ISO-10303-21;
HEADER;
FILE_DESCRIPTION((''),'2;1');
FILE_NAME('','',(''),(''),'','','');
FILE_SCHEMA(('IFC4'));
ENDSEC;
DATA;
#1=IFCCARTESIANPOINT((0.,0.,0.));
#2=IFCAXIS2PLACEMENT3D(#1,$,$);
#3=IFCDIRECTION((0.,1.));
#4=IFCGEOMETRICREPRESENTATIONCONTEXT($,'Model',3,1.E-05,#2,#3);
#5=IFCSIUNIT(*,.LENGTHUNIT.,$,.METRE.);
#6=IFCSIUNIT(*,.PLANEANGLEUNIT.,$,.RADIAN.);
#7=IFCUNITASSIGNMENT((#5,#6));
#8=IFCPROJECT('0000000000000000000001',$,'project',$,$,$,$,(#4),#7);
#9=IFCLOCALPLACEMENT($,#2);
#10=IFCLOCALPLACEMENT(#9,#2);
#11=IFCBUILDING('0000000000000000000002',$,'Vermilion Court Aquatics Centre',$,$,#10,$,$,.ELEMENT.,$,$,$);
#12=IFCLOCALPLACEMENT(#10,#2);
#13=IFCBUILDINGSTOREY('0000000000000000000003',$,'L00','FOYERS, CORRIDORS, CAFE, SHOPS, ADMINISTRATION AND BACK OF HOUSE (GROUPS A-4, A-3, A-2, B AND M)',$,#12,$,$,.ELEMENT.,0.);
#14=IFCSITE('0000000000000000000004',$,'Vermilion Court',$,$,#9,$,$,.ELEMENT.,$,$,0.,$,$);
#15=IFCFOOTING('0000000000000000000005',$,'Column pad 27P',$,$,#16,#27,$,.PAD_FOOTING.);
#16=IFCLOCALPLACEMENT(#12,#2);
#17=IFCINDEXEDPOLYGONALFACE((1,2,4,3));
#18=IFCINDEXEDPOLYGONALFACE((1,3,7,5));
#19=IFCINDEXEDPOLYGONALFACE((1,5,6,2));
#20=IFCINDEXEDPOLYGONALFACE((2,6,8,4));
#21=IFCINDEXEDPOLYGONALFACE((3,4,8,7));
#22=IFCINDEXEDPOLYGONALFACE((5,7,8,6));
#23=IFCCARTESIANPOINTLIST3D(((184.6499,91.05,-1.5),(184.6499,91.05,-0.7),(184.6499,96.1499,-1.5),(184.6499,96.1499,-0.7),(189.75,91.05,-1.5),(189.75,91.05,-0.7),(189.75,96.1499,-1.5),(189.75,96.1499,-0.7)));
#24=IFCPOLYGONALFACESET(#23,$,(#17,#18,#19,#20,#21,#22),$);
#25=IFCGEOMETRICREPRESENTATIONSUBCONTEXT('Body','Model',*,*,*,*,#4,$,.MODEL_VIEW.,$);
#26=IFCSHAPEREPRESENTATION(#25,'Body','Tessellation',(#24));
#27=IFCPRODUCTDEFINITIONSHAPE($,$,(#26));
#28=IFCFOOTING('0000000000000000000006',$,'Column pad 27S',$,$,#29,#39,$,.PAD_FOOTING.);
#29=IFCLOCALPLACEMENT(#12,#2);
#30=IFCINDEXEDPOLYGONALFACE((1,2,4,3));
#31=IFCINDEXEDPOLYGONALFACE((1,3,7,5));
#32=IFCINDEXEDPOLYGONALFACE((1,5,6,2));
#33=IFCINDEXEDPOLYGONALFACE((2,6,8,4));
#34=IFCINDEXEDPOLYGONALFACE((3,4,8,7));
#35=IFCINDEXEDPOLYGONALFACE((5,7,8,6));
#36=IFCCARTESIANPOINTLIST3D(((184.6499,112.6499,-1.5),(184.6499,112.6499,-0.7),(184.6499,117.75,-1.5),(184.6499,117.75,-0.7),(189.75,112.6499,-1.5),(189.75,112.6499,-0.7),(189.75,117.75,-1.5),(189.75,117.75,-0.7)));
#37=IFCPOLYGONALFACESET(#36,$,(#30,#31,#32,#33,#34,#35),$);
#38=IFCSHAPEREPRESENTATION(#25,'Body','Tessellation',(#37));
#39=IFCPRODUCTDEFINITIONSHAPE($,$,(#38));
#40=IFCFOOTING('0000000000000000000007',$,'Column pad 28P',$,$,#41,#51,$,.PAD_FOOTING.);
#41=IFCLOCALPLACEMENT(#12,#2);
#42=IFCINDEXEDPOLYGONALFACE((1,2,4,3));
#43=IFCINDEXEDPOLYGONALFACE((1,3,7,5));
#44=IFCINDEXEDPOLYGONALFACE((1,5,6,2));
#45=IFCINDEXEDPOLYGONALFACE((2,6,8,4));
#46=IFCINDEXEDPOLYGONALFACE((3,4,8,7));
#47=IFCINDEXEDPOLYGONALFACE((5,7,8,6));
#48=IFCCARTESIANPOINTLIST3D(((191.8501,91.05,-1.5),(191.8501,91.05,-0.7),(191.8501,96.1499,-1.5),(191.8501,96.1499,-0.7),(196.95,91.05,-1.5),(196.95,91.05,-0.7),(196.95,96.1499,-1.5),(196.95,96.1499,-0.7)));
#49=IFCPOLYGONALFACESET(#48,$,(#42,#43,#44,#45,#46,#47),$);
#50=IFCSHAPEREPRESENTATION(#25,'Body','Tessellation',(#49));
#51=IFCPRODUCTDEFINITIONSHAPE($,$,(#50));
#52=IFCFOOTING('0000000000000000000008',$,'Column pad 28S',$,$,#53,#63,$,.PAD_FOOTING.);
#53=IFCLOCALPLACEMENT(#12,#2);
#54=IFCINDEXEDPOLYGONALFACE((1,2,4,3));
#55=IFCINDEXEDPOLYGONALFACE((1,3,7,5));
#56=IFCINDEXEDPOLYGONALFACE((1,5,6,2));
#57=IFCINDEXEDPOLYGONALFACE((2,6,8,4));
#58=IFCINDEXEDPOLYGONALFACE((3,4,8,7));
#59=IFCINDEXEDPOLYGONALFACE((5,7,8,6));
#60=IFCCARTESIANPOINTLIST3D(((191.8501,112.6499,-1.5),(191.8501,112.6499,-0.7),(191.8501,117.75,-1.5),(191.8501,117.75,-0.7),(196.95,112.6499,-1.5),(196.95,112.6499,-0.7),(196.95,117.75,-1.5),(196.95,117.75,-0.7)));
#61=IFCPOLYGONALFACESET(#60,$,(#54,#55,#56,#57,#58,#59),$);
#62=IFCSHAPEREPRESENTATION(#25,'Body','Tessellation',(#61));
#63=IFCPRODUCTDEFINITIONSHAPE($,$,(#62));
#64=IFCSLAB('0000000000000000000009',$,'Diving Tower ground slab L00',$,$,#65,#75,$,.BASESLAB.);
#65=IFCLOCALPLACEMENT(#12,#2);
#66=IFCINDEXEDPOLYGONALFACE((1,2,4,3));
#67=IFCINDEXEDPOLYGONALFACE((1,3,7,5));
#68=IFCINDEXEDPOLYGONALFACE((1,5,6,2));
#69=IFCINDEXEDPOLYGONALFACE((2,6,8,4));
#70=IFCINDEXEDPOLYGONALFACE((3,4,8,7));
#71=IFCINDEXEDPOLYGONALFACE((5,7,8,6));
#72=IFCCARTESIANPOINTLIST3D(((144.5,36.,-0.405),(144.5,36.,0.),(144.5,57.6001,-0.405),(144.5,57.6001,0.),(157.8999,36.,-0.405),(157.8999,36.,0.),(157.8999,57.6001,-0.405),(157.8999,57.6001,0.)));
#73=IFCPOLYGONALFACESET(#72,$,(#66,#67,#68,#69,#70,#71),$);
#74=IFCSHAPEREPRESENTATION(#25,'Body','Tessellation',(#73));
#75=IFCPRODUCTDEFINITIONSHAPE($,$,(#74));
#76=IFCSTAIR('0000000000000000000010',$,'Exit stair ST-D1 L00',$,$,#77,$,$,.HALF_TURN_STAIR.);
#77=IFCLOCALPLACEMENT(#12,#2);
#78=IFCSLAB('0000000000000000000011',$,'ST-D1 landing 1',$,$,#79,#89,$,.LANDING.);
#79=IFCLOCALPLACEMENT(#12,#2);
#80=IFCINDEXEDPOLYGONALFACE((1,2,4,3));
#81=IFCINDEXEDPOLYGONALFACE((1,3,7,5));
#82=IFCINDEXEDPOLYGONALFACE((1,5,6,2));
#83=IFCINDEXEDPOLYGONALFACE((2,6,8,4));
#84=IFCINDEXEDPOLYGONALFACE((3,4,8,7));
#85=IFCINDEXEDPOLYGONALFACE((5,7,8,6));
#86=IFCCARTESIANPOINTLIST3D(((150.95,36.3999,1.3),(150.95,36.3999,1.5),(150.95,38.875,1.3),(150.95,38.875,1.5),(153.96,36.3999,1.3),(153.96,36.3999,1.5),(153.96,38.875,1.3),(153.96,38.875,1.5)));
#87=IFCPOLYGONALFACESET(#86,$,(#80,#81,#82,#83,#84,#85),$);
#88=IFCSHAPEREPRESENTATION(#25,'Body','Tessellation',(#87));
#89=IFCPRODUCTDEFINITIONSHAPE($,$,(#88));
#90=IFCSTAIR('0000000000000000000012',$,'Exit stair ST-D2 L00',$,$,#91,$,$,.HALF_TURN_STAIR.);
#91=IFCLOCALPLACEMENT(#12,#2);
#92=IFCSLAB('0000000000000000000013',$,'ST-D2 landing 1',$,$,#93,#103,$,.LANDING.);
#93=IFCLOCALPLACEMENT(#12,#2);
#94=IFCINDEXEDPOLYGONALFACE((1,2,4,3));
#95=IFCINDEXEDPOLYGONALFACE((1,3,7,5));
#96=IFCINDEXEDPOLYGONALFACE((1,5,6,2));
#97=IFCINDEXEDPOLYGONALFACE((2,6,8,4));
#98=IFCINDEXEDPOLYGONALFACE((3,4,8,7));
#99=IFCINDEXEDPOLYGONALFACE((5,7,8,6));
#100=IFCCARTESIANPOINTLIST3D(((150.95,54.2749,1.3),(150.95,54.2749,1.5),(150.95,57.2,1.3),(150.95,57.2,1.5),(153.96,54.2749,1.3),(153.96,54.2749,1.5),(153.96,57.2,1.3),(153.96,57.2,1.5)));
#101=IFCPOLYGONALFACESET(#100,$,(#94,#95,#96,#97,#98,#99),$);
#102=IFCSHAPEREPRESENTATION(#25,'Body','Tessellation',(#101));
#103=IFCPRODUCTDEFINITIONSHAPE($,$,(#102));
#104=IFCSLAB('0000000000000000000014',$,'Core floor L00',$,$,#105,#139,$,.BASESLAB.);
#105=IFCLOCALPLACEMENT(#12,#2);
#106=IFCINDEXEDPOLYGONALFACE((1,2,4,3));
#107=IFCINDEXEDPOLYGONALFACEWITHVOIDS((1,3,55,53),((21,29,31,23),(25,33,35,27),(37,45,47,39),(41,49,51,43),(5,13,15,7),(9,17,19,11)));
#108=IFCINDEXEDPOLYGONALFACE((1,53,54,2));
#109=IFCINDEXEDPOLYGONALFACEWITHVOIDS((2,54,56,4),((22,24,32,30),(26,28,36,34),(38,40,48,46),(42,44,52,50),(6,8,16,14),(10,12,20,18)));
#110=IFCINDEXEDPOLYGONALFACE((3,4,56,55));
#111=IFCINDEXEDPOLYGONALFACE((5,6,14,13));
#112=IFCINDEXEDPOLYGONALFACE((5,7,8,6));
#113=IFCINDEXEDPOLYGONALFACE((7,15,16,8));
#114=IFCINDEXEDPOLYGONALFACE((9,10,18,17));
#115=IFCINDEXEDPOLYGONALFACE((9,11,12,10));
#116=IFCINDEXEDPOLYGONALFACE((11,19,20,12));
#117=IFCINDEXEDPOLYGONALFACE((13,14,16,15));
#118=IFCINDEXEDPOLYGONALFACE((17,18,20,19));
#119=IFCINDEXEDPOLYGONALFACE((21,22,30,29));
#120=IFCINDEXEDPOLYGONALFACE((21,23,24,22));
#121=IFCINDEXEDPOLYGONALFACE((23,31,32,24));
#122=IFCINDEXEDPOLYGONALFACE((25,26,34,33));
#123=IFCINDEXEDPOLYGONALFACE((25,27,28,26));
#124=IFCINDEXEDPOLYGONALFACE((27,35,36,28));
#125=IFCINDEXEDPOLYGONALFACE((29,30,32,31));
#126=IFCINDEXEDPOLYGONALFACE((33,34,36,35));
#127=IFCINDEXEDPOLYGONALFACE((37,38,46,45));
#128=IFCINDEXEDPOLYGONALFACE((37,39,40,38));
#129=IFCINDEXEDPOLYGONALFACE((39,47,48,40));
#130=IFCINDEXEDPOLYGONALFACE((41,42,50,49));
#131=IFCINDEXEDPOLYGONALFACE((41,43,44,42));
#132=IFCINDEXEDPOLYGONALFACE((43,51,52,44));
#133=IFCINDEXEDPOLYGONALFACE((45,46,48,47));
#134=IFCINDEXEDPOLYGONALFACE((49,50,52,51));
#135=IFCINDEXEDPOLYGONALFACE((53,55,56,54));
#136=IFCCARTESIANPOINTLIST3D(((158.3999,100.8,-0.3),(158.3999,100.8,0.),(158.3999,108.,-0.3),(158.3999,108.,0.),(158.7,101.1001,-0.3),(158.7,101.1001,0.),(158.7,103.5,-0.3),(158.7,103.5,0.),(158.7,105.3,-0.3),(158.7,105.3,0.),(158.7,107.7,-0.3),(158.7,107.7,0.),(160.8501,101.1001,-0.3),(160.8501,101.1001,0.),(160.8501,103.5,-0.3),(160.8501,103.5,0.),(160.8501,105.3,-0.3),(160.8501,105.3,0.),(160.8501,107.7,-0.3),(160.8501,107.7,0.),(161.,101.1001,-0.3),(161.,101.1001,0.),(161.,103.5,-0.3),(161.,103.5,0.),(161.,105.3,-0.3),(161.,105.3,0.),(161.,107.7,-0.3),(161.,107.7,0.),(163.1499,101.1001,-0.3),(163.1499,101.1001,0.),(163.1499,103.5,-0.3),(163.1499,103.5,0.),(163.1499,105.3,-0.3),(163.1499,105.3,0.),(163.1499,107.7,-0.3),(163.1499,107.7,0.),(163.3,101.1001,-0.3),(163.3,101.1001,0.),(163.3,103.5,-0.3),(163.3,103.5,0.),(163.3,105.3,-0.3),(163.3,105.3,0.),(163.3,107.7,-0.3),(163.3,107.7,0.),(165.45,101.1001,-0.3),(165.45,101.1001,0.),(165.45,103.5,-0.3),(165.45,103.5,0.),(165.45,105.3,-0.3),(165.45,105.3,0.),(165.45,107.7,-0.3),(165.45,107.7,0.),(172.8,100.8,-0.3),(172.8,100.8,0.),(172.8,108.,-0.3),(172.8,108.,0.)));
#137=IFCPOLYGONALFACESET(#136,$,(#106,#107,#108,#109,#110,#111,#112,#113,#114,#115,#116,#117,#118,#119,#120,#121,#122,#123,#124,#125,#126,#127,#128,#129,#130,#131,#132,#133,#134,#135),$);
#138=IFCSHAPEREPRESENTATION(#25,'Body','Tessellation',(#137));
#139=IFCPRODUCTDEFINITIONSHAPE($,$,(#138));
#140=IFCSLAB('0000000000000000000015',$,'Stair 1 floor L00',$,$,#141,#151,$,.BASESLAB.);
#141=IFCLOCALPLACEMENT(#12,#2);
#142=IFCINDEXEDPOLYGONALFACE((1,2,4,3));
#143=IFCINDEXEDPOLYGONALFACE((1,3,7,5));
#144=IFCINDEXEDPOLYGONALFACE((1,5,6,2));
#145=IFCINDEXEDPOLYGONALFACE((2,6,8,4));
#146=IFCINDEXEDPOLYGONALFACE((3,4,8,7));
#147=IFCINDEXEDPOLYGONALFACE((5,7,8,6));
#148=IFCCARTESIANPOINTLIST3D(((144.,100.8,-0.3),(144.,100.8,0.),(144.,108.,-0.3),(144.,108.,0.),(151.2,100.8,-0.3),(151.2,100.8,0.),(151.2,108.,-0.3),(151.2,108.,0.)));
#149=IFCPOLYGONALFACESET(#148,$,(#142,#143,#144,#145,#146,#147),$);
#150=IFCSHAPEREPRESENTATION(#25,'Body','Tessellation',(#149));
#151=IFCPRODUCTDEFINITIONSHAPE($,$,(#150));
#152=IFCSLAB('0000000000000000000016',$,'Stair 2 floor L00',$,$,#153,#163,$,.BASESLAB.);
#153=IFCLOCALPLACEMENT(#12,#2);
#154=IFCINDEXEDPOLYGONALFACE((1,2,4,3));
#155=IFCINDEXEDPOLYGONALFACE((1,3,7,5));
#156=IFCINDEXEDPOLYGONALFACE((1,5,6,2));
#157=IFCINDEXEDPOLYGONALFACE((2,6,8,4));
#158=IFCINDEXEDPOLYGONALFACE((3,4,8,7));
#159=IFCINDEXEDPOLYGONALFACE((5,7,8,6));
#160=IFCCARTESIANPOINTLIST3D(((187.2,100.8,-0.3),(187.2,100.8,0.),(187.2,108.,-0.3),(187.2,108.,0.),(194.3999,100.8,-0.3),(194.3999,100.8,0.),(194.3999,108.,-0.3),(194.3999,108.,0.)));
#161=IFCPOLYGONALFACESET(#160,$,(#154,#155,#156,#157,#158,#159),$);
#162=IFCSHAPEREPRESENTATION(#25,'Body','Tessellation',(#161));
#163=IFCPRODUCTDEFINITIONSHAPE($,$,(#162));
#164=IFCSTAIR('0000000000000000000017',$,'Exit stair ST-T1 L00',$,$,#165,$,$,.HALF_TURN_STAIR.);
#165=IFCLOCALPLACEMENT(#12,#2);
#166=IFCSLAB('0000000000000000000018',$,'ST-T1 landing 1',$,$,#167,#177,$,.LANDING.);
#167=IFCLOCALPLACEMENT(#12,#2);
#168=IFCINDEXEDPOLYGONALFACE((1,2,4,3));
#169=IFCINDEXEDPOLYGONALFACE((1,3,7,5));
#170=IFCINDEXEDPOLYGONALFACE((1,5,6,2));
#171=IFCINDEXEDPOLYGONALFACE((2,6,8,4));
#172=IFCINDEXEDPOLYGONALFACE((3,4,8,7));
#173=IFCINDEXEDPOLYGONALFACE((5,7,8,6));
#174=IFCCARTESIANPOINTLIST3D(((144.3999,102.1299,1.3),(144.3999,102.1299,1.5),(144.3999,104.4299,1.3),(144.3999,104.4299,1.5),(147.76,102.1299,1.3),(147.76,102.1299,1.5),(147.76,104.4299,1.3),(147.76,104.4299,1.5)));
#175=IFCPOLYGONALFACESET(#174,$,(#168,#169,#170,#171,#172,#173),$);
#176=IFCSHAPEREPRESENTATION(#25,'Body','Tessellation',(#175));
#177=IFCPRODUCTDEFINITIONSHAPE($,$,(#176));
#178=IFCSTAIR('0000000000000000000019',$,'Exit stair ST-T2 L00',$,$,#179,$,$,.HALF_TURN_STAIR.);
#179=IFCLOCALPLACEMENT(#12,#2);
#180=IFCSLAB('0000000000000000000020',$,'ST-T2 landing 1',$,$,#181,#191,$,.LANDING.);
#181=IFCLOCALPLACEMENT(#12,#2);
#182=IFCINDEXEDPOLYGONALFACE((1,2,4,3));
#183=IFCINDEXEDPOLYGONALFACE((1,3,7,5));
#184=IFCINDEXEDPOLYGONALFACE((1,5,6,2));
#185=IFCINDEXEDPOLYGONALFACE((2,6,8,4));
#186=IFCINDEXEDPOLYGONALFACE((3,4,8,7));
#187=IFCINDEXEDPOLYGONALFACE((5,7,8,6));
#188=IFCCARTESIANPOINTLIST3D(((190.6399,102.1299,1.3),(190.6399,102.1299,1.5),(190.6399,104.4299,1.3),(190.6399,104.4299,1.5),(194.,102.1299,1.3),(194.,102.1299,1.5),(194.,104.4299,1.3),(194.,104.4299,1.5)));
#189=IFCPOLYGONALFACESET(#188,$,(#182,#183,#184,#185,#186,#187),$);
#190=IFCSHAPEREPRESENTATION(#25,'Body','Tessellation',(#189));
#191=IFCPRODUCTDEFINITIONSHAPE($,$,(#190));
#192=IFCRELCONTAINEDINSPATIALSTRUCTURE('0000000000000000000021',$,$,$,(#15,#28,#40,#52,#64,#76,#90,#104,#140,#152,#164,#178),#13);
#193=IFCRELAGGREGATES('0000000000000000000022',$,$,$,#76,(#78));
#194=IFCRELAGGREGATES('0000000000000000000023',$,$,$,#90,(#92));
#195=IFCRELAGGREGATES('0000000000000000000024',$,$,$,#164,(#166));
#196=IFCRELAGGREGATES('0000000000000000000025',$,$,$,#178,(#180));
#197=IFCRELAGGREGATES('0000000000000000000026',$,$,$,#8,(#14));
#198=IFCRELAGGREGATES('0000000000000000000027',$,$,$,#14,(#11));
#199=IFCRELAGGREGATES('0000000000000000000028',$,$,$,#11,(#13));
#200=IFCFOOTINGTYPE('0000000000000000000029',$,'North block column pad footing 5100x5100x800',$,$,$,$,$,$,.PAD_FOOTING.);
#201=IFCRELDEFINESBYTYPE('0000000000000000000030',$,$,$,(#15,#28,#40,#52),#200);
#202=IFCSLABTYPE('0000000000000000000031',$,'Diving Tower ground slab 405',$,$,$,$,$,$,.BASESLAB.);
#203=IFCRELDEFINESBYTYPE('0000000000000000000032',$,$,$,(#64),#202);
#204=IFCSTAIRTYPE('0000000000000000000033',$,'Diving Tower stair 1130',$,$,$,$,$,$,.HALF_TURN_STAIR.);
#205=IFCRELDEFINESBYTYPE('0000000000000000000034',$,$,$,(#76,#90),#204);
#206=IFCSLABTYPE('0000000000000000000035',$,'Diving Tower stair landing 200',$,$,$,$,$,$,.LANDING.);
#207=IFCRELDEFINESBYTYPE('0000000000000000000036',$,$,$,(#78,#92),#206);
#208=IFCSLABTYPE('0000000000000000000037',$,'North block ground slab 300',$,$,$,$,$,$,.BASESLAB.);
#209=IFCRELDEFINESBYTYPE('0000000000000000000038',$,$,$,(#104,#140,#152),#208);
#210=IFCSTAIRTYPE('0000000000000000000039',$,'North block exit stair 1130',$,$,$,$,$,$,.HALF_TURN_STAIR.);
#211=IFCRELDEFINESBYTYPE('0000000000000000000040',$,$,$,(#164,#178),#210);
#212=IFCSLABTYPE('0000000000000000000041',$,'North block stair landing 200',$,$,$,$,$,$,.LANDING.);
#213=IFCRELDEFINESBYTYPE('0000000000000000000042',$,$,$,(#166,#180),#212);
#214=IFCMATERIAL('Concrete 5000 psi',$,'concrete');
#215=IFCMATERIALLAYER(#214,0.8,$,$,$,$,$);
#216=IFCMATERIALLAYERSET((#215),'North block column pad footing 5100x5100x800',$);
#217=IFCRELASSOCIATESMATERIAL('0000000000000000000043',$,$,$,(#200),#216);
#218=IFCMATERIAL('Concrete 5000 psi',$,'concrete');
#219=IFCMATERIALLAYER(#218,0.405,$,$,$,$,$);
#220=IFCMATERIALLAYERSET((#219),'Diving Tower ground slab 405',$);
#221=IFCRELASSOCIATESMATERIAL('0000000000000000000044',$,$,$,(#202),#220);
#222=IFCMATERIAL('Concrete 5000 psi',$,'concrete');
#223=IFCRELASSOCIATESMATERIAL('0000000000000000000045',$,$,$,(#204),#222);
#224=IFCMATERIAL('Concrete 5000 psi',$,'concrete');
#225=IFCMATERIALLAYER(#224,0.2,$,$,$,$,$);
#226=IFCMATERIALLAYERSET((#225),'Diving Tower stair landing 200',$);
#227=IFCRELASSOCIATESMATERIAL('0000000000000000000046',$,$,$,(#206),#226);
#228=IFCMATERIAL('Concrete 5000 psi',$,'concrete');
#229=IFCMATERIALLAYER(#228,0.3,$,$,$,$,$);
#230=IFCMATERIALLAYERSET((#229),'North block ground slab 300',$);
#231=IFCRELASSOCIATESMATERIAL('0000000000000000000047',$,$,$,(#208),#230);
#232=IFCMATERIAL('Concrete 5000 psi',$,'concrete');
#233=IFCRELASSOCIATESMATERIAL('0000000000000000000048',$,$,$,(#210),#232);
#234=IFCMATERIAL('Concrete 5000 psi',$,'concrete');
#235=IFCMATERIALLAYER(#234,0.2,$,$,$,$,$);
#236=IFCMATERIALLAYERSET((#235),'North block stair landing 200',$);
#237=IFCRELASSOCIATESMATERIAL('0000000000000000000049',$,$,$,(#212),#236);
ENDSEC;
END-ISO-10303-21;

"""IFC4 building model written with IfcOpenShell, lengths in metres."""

from ifc_helpers import new_model, si_unit, direction, frame, origin, place, context, subcontext, project, spatial, polyline, outline, extrude, material, layer, layer_set, type_object, element, aggregate, save


model = new_model("IFC4")

# Units and contexts
model_context = context("Model", 3, precision=1e-05, world=origin(), true_north=direction((0.0, 1.0)))
body_context = subcontext(model_context, "Body", "Model", "MODEL_VIEW")
ifc_project = project(units=[si_unit("LENGTHUNIT", "METRE"), si_unit("PLANEANGLEUNIT", "RADIAN")], contexts=[model_context])

# Site, building, storey
site_placement = place(None, origin())
site = spatial("IfcSite", under=ifc_project, at=site_placement, Name="Vermilion Court", CompositionType="ELEMENT", RefElevation=0.0)
building_placement = place(site_placement, origin())
building = spatial("IfcBuilding", under=site, at=building_placement, Name="Vermilion Court Aquatics Centre", CompositionType="ELEMENT")
storey_placement = place(building_placement, origin())
storey = spatial("IfcBuildingStorey", under=building, at=storey_placement, Name="L00", Description="FOYERS, CORRIDORS, CAFE, SHOPS, ADMINISTRATION AND BACK OF HOUSE (GROUPS A-4, A-3, A-2, B AND M)", CompositionType="ELEMENT", Elevation=0.0)

# Footings
ifc_material_1 = material(Name="Concrete 5000 psi", Category="concrete")
ifc_layer_1 = layer(ifc_material_1, 0.8)
ifc_layer_set_1 = layer_set([ifc_layer_1], Name="North block column pad footing 5100x5100x800")
footing_type = type_object("IfcFootingType", Name="North block column pad footing 5100x5100x800", PredefinedType="PAD_FOOTING", material=ifc_layer_set_1)
footing_1_placement = place(storey_placement, frame((0.0, 0.0, -1.5)))
element("IfcFooting", 1, at=footing_1_placement, inside=storey, type_object=footing_type, Name="Column pad 27P", PredefinedType="PAD_FOOTING", context=body_context, shape_type="SweptSolid", body=[
    extrude(outline(polyline([(184.6499, 91.05), (189.75, 91.05), (189.75, 96.1499), (184.6499, 96.1499), (184.6499, 91.05)])), origin(), (0.0, 0.0, 1.0), 0.8),
])
footing_2_placement = place(storey_placement, frame((0.0, 0.0, -1.5)))
element("IfcFooting", 2, at=footing_2_placement, inside=storey, type_object=footing_type, Name="Column pad 27S", PredefinedType="PAD_FOOTING", context=body_context, shape_type="SweptSolid", body=[
    extrude(outline(polyline([(184.6499, 112.6499), (189.75, 112.6499), (189.75, 117.75), (184.6499, 117.75), (184.6499, 112.6499)])), origin(), (0.0, 0.0, 1.0), 0.8),
])
footing_3_placement = place(storey_placement, frame((0.0, 0.0, -1.5)))
element("IfcFooting", 3, at=footing_3_placement, inside=storey, type_object=footing_type, Name="Column pad 28P", PredefinedType="PAD_FOOTING", context=body_context, shape_type="SweptSolid", body=[
    extrude(outline(polyline([(191.8501, 91.05), (196.95, 91.05), (196.95, 96.1499), (191.8501, 96.1499), (191.8501, 91.05)])), origin(), (0.0, 0.0, 1.0), 0.8),
])
footing_4_placement = place(storey_placement, frame((0.0, 0.0, -1.5)))
element("IfcFooting", 4, at=footing_4_placement, inside=storey, type_object=footing_type, Name="Column pad 28S", PredefinedType="PAD_FOOTING", context=body_context, shape_type="SweptSolid", body=[
    extrude(outline(polyline([(191.8501, 112.6499), (196.95, 112.6499), (196.95, 117.75), (191.8501, 117.75), (191.8501, 112.6499)])), origin(), (0.0, 0.0, 1.0), 0.8),
])

# Slab
ifc_material_2 = material(Name="Concrete 5000 psi", Category="concrete")
ifc_layer_2 = layer(ifc_material_2, 0.405)
ifc_layer_set_2 = layer_set([ifc_layer_2], Name="Diving Tower ground slab 405")
slab_type_1 = type_object("IfcSlabType", Name="Diving Tower ground slab 405", PredefinedType="BASESLAB", material=ifc_layer_set_2)
slab_1_placement = place(storey_placement, frame((0.0, 0.0, -0.405)))
element("IfcSlab", 5, at=slab_1_placement, inside=storey, type_object=slab_type_1, Name="Diving Tower ground slab L00", PredefinedType="BASESLAB", context=body_context, shape_type="SweptSolid", body=[
    extrude(outline(polyline([(144.5, 36.0), (157.8999, 36.0), (157.8999, 57.6001), (144.5, 57.6001), (144.5, 36.0)])), origin(), (0.0, 0.0, 1.0), 0.405),
])

# Stairs, slabs
ifc_material_3 = material(Name="Concrete 5000 psi", Category="concrete")
stair_type_1 = type_object("IfcStairType", Name="Diving Tower stair 1130", PredefinedType="HALF_TURN_STAIR", material=ifc_material_3)
stair_1_placement = place(storey_placement, origin())
stair_1 = element("IfcStair", 6, at=stair_1_placement, inside=storey, type_object=stair_type_1, Name="Exit stair ST-D1 L00", PredefinedType="HALF_TURN_STAIR")
ifc_material_4 = material(Name="Concrete 5000 psi", Category="concrete")
ifc_layer_3 = layer(ifc_material_4, 0.2)
ifc_layer_set_3 = layer_set([ifc_layer_3], Name="Diving Tower stair landing 200")
slab_type_2 = type_object("IfcSlabType", Name="Diving Tower stair landing 200", PredefinedType="LANDING", material=ifc_layer_set_3)
slab_2_placement = place(storey_placement, frame((0.0, 0.0, 1.3)))
slab_2 = element("IfcSlab", 7, at=slab_2_placement, type_object=slab_type_2, Name="ST-D1 landing 1", PredefinedType="LANDING", context=body_context, shape_type="SweptSolid", body=[
    extrude(outline(polyline([(150.95, 36.3999), (153.96, 36.3999), (153.96, 38.875), (150.95, 38.875), (150.95, 36.3999)])), origin(), (0.0, 0.0, 1.0), 0.2),
])
aggregate(stair_1, [slab_2])
stair_2_placement = place(storey_placement, origin())
stair_2 = element("IfcStair", 8, at=stair_2_placement, inside=storey, type_object=stair_type_1, Name="Exit stair ST-D2 L00", PredefinedType="HALF_TURN_STAIR")
slab_3_placement = place(storey_placement, frame((0.0, 0.0, 1.3)))
slab_3 = element("IfcSlab", 9, at=slab_3_placement, type_object=slab_type_2, Name="ST-D2 landing 1", PredefinedType="LANDING", context=body_context, shape_type="SweptSolid", body=[
    extrude(outline(polyline([(150.95, 54.2749), (153.96, 54.2749), (153.96, 57.2), (150.95, 57.2), (150.95, 54.2749)])), origin(), (0.0, 0.0, 1.0), 0.2),
])
aggregate(stair_2, [slab_3])

# Slabs
ifc_material_5 = material(Name="Concrete 5000 psi", Category="concrete")
ifc_layer_4 = layer(ifc_material_5, 0.3)
ifc_layer_set_4 = layer_set([ifc_layer_4], Name="North block ground slab 300")
slab_type_3 = type_object("IfcSlabType", Name="North block ground slab 300", PredefinedType="BASESLAB", material=ifc_layer_set_4)
slab_4_placement = place(storey_placement, frame((0.0, 0.0, -0.3)))
element("IfcSlab", 10, at=slab_4_placement, inside=storey, type_object=slab_type_3, Name="Core floor L00", PredefinedType="BASESLAB", context=body_context, shape_type="SweptSolid", body=[
    extrude(outline(polyline([(158.3999, 100.8), (172.8, 100.8), (172.8, 108.0), (158.3999, 108.0), (158.3999, 100.8)]), holes=[polyline([(158.7, 101.1001), (160.8501, 101.1001), (160.8501, 103.5), (158.7, 103.5), (158.7, 101.1001)]), polyline([(158.7, 105.3), (160.8501, 105.3), (160.8501, 107.7), (158.7, 107.7), (158.7, 105.3)]), polyline([(161.0, 101.1001), (163.1499, 101.1001), (163.1499, 103.5), (161.0, 103.5), (161.0, 101.1001)]), polyline([(161.0, 105.3), (163.1499, 105.3), (163.1499, 107.7), (161.0, 107.7), (161.0, 105.3)]), polyline([(163.3, 101.1001), (165.45, 101.1001), (165.45, 103.5), (163.3, 103.5), (163.3, 101.1001)]), polyline([(163.3, 105.3), (165.45, 105.3), (165.45, 107.7), (163.3, 107.7), (163.3, 105.3)])]), origin(), (0.0, 0.0, 1.0), 0.3),
])
slab_5_placement = place(storey_placement, frame((0.0, 0.0, -0.3)))
element("IfcSlab", 11, at=slab_5_placement, inside=storey, type_object=slab_type_3, Name="Stair 1 floor L00", PredefinedType="BASESLAB", context=body_context, shape_type="SweptSolid", body=[
    extrude(outline(polyline([(144.0, 100.8), (151.2, 100.8), (151.2, 108.0), (144.0, 108.0), (144.0, 100.8)])), origin(), (0.0, 0.0, 1.0), 0.3),
])
slab_6_placement = place(storey_placement, frame((0.0, 0.0, -0.3)))
element("IfcSlab", 12, at=slab_6_placement, inside=storey, type_object=slab_type_3, Name="Stair 2 floor L00", PredefinedType="BASESLAB", context=body_context, shape_type="SweptSolid", body=[
    extrude(outline(polyline([(187.2, 100.8), (194.3999, 100.8), (194.3999, 108.0), (187.2, 108.0), (187.2, 100.8)])), origin(), (0.0, 0.0, 1.0), 0.3),
])

# Stairs, slabs
ifc_material_6 = material(Name="Concrete 5000 psi", Category="concrete")
stair_type_2 = type_object("IfcStairType", Name="North block exit stair 1130", PredefinedType="HALF_TURN_STAIR", material=ifc_material_6)
stair_3_placement = place(storey_placement, origin())
stair_3 = element("IfcStair", 13, at=stair_3_placement, inside=storey, type_object=stair_type_2, Name="Exit stair ST-T1 L00", PredefinedType="HALF_TURN_STAIR")
ifc_material_7 = material(Name="Concrete 5000 psi", Category="concrete")
ifc_layer_5 = layer(ifc_material_7, 0.2)
ifc_layer_set_5 = layer_set([ifc_layer_5], Name="North block stair landing 200")
slab_type_4 = type_object("IfcSlabType", Name="North block stair landing 200", PredefinedType="LANDING", material=ifc_layer_set_5)
slab_7_placement = place(storey_placement, frame((0.0, 0.0, 1.3)))
slab_7 = element("IfcSlab", 14, at=slab_7_placement, type_object=slab_type_4, Name="ST-T1 landing 1", PredefinedType="LANDING", context=body_context, shape_type="SweptSolid", body=[
    extrude(outline(polyline([(144.3999, 102.1299), (147.76, 102.1299), (147.76, 104.4299), (144.3999, 104.4299), (144.3999, 102.1299)])), origin(), (0.0, 0.0, 1.0), 0.2),
])
aggregate(stair_3, [slab_7])
stair_4_placement = place(storey_placement, origin())
stair_4 = element("IfcStair", 15, at=stair_4_placement, inside=storey, type_object=stair_type_2, Name="Exit stair ST-T2 L00", PredefinedType="HALF_TURN_STAIR")
slab_8_placement = place(storey_placement, frame((0.0, 0.0, 1.3)))
slab_8 = element("IfcSlab", 16, at=slab_8_placement, type_object=slab_type_4, Name="ST-T2 landing 1", PredefinedType="LANDING", context=body_context, shape_type="SweptSolid", body=[
    extrude(outline(polyline([(190.6399, 102.1299), (194.0, 102.1299), (194.0, 104.4299), (190.6399, 104.4299), (190.6399, 102.1299)])), origin(), (0.0, 0.0, 1.0), 0.2),
])
aggregate(stair_4, [slab_8])

save(model, "model.ifc")
